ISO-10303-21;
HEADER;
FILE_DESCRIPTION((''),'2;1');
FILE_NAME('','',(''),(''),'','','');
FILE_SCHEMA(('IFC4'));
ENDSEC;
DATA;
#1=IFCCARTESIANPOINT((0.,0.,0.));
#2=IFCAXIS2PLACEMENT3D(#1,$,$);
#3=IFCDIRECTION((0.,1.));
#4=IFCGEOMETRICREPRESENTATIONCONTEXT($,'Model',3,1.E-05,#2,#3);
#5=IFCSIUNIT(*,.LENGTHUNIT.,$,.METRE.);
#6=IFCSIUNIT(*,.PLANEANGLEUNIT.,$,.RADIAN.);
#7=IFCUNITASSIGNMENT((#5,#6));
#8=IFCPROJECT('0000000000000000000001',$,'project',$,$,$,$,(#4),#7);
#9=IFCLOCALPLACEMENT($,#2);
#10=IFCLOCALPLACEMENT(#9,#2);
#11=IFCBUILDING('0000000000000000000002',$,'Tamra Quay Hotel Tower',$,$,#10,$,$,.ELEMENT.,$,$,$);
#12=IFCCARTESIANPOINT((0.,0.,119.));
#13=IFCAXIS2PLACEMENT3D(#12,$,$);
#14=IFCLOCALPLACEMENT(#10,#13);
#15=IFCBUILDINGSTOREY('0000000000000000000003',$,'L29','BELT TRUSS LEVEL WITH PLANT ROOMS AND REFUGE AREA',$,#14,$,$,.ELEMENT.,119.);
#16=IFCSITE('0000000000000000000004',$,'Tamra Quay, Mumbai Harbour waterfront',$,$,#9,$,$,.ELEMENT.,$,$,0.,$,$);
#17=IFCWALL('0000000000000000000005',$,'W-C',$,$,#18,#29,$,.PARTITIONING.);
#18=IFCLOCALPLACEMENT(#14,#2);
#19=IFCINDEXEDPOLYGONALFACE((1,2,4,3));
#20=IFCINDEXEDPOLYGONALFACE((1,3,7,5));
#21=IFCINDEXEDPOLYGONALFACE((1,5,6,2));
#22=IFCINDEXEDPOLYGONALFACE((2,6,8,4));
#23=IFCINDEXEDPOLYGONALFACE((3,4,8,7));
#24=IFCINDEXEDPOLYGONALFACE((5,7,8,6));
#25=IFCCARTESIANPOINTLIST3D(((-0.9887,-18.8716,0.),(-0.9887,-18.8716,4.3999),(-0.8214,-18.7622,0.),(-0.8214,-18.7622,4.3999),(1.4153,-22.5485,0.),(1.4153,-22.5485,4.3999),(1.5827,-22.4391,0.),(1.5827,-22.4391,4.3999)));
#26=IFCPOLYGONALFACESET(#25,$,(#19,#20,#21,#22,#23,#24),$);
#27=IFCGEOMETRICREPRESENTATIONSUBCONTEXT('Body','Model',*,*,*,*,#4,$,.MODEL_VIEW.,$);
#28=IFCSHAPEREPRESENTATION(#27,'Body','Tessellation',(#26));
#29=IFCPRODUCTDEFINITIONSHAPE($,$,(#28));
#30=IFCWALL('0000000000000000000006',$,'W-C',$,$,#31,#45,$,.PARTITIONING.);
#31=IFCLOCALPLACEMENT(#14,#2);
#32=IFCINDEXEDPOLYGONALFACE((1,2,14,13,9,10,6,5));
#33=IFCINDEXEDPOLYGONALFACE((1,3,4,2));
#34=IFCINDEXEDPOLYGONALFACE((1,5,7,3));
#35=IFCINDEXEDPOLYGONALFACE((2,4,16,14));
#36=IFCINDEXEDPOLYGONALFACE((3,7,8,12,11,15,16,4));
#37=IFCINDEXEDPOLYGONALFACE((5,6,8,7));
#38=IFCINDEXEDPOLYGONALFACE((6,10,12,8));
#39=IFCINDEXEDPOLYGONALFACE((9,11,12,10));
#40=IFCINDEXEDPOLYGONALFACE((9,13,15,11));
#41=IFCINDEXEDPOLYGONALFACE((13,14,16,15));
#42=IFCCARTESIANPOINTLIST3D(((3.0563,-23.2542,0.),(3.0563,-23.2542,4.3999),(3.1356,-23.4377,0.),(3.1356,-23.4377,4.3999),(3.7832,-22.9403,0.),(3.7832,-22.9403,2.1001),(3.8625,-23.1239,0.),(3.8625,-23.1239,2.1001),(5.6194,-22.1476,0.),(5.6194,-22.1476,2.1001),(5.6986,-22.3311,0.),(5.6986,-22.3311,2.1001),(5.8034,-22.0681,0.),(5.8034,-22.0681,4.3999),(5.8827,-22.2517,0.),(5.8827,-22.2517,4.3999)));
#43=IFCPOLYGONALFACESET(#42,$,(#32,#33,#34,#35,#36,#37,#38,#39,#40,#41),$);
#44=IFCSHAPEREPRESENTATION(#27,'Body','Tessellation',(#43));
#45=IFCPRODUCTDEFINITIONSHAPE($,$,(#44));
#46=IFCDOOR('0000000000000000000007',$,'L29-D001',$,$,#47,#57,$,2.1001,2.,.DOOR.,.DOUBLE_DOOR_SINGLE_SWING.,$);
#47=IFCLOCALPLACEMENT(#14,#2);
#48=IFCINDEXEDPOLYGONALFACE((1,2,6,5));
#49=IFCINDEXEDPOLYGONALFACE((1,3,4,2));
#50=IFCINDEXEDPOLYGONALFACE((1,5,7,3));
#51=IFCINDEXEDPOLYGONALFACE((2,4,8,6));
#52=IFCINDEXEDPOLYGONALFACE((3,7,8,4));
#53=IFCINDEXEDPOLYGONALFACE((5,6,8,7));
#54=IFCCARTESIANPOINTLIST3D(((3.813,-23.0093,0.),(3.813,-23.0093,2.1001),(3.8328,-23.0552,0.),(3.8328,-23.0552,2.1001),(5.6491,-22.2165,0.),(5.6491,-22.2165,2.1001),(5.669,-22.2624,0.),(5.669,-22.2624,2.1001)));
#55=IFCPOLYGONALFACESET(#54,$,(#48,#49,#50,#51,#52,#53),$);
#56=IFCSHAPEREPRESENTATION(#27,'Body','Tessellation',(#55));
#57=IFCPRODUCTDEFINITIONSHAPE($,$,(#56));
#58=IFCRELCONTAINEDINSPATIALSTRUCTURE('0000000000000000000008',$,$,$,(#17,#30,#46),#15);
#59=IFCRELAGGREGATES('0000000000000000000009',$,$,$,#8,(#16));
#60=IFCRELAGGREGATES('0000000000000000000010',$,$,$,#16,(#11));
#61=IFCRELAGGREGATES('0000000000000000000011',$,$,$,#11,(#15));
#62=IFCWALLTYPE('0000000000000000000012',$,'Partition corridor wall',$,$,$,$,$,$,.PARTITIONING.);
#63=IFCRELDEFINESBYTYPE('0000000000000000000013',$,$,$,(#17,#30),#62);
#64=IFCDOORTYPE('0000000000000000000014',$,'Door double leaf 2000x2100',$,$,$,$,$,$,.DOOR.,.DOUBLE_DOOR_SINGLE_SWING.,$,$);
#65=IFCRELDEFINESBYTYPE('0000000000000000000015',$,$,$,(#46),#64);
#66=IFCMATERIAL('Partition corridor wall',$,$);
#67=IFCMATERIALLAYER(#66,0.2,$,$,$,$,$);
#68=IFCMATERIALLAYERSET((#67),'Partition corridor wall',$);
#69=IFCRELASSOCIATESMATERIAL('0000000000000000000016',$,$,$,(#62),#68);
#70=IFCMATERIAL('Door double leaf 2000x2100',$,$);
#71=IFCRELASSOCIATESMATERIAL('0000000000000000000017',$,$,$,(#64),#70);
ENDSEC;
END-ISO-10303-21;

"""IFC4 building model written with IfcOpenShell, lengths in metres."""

from ifc_helpers import new_model, si_unit, direction, frame, frame_2d, origin, place, context, subcontext, project, spatial, rectangle, extrude, material, layer, layer_set, type_object, element, fill, save


model = new_model("IFC4")

# Units and contexts
model_context = context("Model", 3, precision=1e-05, world=origin(), true_north=direction((0.0, 1.0)))
body_context = subcontext(model_context, "Body", "Model", "MODEL_VIEW")
ifc_project = project(units=[si_unit("LENGTHUNIT", "METRE"), si_unit("PLANEANGLEUNIT", "RADIAN")], contexts=[model_context])

# Site, building, storey
site_placement = place(None, origin())
site = spatial("IfcSite", under=ifc_project, at=site_placement, Name="Tamra Quay, Mumbai Harbour waterfront", CompositionType="ELEMENT", RefElevation=0.0)
building_placement = place(site_placement, origin())
building = spatial("IfcBuilding", under=site, at=building_placement, Name="Tamra Quay Hotel Tower", CompositionType="ELEMENT")
storey_placement = place(building_placement, frame((0.0, 0.0, 119.0)))
storey = spatial("IfcBuildingStorey", under=building, at=storey_placement, Name="L29", Description="BELT TRUSS LEVEL WITH PLANT ROOMS AND REFUGE AREA", CompositionType="ELEMENT", Elevation=119.0)

# Wall
ifc_material_1 = material(Name="Partition corridor wall")
ifc_layer_1 = layer(ifc_material_1, 0.2)
ifc_layer_set_1 = layer_set([ifc_layer_1], Name="Partition corridor wall")
wall_type_1 = type_object("IfcWallType", Name="Partition corridor wall", PredefinedType="PARTITIONING", material=ifc_layer_set_1)
wall_1_placement = place(storey_placement, frame((-0.905, -18.8169, 0.0), z_axis=(0.0, 0.0, 1.0), x_axis=(0.547227, -0.836984, 0.0)))
element("IfcWall", 1, at=wall_1_placement, inside=storey, type_object=wall_type_1, Name="W-C", PredefinedType="PARTITIONING", context=body_context, shape_type="SweptSolid", body=[
    extrude(rectangle(XDim=4.3931, YDim=0.2, at=frame_2d((2.1965, 0.0))), origin(), (0.0, 0.0, 1.0), 4.3999),
])

# Wall, opening, door
wall_2_placement = place(storey_placement, frame((3.0959, -23.3459, 0.0), z_axis=(0.0, 0.0, 1.0), x_axis=(0.918087, 0.39638, 0.0)))
wall_2 = element("IfcWall", 2, at=wall_2_placement, inside=storey, type_object=wall_type_1, Name="W-C", PredefinedType="PARTITIONING", context=body_context, shape_type="SweptSolid", body=[
    extrude(rectangle(XDim=2.9922, YDim=0.2, at=frame_2d((1.4961, 0.0))), origin(), (0.0, 0.0, 1.0), 4.3999),
])
opening_placement = place(wall_2_placement, frame((0.7917, 0.0, 0.0)))
opening = element("IfcOpeningElement", 3, at=opening_placement, cuts=wall_2, PredefinedType="OPENING", context=body_context, shape_type="SweptSolid", body=[
    extrude(rectangle(XDim=2.0, YDim=2.1001, at=frame_2d((1.0, 1.05))), frame((0.0, 0.1099, 0.0), z_axis=(0.0, -1.0, 0.0), x_axis=(1.0, 0.0, 0.0)), (0.0, 0.0, 1.0), 0.22),
])
ifc_material_2 = material(Name="Door double leaf 2000x2100")
door_type = type_object("IfcDoorType", Name="Door double leaf 2000x2100", OperationType="DOUBLE_DOOR_SINGLE_SWING", PredefinedType="DOOR", material=ifc_material_2)
door_placement = place(opening_placement, origin())
door = element("IfcDoor", 4, at=door_placement, inside=storey, type_object=door_type, Name="L29-D001", OperationType="DOUBLE_DOOR_SINGLE_SWING", OverallHeight=2.1001, OverallWidth=2.0, PredefinedType="DOOR", context=body_context, shape_type="SweptSolid", body=[
    extrude(rectangle(XDim=2.0, YDim=2.1001, at=frame_2d((1.0, 1.05))), frame((0.0, 0.0249, 0.0), z_axis=(0.0, -1.0, 0.0), x_axis=(1.0, 0.0, 0.0)), (0.0, 0.0, 1.0), 0.05),
])
fill(opening, door)

save(model, "model.ifc")
